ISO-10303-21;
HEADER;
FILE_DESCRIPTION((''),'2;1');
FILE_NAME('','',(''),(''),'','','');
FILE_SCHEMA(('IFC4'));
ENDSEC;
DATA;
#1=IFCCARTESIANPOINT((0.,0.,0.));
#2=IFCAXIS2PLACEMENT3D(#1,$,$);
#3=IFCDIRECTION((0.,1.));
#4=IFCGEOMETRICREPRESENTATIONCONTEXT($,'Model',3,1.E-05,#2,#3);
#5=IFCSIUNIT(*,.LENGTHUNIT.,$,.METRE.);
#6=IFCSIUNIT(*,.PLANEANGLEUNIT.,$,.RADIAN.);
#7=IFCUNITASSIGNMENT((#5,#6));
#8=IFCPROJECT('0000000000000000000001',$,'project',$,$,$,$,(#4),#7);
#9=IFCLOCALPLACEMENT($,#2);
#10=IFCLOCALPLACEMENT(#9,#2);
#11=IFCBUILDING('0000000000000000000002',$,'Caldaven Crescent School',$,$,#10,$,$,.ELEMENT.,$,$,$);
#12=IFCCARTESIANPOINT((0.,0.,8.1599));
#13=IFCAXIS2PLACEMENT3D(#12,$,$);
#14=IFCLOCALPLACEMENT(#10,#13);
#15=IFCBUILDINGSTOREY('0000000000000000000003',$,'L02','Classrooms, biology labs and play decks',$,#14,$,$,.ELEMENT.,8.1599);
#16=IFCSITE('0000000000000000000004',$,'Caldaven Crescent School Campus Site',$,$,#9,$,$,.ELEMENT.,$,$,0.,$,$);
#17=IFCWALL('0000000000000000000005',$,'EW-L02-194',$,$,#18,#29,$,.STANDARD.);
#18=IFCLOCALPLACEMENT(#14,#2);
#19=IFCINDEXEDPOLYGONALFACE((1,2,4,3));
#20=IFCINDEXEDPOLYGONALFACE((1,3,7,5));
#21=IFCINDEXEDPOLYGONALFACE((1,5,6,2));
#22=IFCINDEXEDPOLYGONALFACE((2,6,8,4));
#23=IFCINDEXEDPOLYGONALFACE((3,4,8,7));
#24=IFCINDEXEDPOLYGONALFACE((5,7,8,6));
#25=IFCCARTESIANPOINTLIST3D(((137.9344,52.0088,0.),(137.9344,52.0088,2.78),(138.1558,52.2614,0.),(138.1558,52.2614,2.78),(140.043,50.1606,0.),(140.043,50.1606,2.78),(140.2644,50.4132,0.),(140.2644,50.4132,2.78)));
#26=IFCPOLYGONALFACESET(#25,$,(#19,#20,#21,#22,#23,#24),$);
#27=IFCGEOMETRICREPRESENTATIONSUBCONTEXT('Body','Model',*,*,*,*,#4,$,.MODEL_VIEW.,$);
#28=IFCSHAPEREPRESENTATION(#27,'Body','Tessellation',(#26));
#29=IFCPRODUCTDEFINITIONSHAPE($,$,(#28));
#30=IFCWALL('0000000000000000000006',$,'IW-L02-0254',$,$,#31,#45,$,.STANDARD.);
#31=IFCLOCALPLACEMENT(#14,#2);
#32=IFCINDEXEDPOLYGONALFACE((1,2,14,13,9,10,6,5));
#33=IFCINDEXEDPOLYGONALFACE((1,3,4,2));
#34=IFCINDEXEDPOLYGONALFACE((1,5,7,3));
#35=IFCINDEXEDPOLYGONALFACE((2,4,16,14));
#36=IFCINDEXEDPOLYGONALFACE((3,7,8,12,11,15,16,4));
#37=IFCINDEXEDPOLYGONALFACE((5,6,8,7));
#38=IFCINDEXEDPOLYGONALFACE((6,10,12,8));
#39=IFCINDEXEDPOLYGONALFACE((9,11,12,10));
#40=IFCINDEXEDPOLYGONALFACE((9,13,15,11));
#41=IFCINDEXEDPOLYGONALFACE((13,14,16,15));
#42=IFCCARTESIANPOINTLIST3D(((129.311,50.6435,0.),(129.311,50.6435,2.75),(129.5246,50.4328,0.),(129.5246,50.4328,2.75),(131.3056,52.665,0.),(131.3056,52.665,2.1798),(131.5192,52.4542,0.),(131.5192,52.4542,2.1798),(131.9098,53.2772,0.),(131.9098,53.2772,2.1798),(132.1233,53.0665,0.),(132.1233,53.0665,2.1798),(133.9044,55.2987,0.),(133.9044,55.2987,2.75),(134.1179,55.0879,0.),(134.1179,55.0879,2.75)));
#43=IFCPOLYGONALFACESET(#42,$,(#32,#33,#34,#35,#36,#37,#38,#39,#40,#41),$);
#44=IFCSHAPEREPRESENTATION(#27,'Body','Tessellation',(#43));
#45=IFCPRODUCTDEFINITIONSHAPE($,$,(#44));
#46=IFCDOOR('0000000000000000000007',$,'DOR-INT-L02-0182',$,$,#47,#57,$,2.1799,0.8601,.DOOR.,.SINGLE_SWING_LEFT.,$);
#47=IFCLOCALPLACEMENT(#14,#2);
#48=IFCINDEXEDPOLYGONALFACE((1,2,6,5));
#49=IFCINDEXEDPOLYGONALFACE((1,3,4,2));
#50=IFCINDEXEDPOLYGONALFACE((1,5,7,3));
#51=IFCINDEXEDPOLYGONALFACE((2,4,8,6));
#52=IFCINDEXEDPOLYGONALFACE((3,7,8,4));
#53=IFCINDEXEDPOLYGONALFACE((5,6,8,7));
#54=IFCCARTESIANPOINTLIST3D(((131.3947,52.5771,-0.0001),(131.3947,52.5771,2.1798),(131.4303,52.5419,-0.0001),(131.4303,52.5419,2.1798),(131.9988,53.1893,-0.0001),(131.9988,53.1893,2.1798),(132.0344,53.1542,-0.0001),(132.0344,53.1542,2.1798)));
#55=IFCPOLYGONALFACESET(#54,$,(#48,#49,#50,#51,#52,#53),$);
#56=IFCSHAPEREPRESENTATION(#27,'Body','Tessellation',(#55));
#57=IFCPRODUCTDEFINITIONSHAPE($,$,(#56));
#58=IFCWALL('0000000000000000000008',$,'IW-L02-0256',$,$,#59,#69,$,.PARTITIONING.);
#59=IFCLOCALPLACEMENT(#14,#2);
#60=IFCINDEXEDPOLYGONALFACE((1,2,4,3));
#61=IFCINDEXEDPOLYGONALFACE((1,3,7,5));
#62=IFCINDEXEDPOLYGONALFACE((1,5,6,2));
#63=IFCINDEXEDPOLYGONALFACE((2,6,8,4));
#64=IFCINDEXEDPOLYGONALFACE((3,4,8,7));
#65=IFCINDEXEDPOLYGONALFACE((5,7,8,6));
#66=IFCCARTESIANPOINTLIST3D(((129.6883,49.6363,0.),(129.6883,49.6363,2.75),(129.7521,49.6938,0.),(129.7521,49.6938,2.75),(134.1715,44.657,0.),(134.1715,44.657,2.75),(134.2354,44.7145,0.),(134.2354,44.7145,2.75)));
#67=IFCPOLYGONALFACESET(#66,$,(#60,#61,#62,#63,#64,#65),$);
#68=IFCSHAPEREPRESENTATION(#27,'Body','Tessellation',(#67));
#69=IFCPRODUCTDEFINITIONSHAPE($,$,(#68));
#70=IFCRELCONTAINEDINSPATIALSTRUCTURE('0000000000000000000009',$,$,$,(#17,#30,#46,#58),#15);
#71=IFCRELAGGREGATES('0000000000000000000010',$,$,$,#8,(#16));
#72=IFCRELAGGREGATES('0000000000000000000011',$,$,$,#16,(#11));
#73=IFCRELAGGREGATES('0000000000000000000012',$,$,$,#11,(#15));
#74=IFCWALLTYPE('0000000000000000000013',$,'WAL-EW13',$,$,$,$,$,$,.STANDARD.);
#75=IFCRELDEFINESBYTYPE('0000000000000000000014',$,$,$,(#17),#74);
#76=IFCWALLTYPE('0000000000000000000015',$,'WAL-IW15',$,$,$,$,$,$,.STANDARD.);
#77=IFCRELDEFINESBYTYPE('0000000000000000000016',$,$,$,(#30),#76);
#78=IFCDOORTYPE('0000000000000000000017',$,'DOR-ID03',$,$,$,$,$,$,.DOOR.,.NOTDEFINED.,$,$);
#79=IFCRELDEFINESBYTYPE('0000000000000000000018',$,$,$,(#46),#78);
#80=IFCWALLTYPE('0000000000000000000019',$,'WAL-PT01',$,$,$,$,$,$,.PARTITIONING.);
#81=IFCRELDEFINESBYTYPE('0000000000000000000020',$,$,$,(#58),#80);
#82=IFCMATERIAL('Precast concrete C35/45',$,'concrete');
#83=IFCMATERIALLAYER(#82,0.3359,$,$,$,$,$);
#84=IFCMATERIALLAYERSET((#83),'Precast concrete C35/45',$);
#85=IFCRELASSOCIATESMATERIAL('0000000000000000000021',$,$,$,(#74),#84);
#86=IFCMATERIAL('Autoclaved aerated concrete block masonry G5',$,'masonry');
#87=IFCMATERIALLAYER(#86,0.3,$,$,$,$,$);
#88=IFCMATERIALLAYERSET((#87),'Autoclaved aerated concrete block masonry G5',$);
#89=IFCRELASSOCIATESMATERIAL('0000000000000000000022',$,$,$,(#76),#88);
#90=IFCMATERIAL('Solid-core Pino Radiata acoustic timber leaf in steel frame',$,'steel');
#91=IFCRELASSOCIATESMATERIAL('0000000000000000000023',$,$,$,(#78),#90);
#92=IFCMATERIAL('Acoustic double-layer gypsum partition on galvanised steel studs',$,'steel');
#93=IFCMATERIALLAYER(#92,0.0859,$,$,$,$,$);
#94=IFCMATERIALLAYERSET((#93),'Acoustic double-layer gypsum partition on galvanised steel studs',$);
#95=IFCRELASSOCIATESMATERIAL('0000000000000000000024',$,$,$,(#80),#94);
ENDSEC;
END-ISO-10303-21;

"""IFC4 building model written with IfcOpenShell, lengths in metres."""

from ifc_helpers import new_model, si_unit, direction, frame, frame_2d, origin, place, context, subcontext, project, spatial, rectangle, extrude, material, layer, layer_set, type_object, element, fill, save


model = new_model("IFC4")

# Units and contexts
model_context = context("Model", 3, precision=1e-05, world=origin(), true_north=direction((0.0, 1.0)))
body_context = subcontext(model_context, "Body", "Model", "MODEL_VIEW")
ifc_project = project(units=[si_unit("LENGTHUNIT", "METRE"), si_unit("PLANEANGLEUNIT", "RADIAN")], contexts=[model_context])

# Site, building, storey
site_placement = place(None, origin())
site = spatial("IfcSite", under=ifc_project, at=site_placement, Name="Caldaven Crescent School Campus Site", CompositionType="ELEMENT", RefElevation=0.0)
building_placement = place(site_placement, origin())
building = spatial("IfcBuilding", under=site, at=building_placement, Name="Caldaven Crescent School", CompositionType="ELEMENT")
storey_placement = place(building_placement, frame((0.0, 0.0, 8.1599)))
storey = spatial("IfcBuildingStorey", under=building, at=storey_placement, Name="L02", Description="Classrooms, biology labs and play decks", CompositionType="ELEMENT", Elevation=8.1599)

# Shared definitions
ifc_material_1 = material(Name="Precast concrete C35/45", Category="concrete")

# Wall
ifc_layer_1 = layer(ifc_material_1, 0.3359)
ifc_layer_set_1 = layer_set([ifc_layer_1], Name="Precast concrete C35/45")
wall_type_1 = type_object("IfcWallType", Name="WAL-EW13", PredefinedType="STANDARD", material=ifc_layer_set_1)
wall_1_placement = place(storey_placement, frame((138.0452, 52.135, 0.0), z_axis=(0.0, 0.0, 1.0), x_axis=(0.752032, -0.659127, 0.0)))
element("IfcWall", 1, at=wall_1_placement, inside=storey, type_object=wall_type_1, Name="EW-L02-194", PredefinedType="STANDARD", context=body_context, shape_type="SweptSolid", body=[
    extrude(rectangle(XDim=2.804, YDim=0.3359, at=frame_2d((1.4019, 0.0))), origin(), (0.0, 0.0, 1.0), 2.78),
])

# Wall, opening, door
ifc_material_2 = material(Name="Autoclaved aerated concrete block masonry G5", Category="masonry")
ifc_layer_2 = layer(ifc_material_2, 0.3)
ifc_layer_set_2 = layer_set([ifc_layer_2], Name="Autoclaved aerated concrete block masonry G5")
wall_type_2 = type_object("IfcWallType", Name="WAL-IW15", PredefinedType="STANDARD", material=ifc_layer_set_2)
wall_2_placement = place(storey_placement, frame((129.4177, 50.5381, 0.0), z_axis=(0.0, 0.0, 1.0), x_axis=(0.702368, 0.711814, 0.0)))
wall_2 = element("IfcWall", 2, at=wall_2_placement, inside=storey, type_object=wall_type_2, Name="IW-L02-0254", PredefinedType="STANDARD", context=body_context, shape_type="SweptSolid", body=[
    extrude(rectangle(XDim=6.5398, YDim=0.3, at=frame_2d((3.27, 0.0))), origin(), (0.0, 0.0, 1.0), 2.75),
])
opening_1_placement = place(wall_2_placement, frame((2.8398, 0.0, 0.0)))
opening_1 = element("IfcOpeningElement", 3, at=opening_1_placement, cuts=wall_2, PredefinedType="OPENING", context=body_context, shape_type="SweptSolid", body=[
    extrude(rectangle(XDim=0.8601, YDim=2.1799, at=frame_2d((0.4302, 1.0898))), frame((0.0, 0.1599, 0.0), z_axis=(0.0, -1.0, 0.0), x_axis=(1.0, 0.0, 0.0)), (0.0, 0.0, 1.0), 0.3201),
])
ifc_material_3 = material(Name="Solid-core Pino Radiata acoustic timber leaf in steel frame", Category="steel")
door_type_1 = type_object("IfcDoorType", Name="DOR-ID03", OperationType="NOTDEFINED", PredefinedType="DOOR", material=ifc_material_3)
door_1_placement = place(opening_1_placement, origin())
door_1 = element("IfcDoor", 4, at=door_1_placement, inside=storey, type_object=door_type_1, Name="DOR-INT-L02-0182", OperationType="SINGLE_SWING_LEFT", OverallHeight=2.1799, OverallWidth=0.8601, PredefinedType="DOOR", context=body_context, shape_type="SweptSolid", body=[
    extrude(rectangle(XDim=0.8601, YDim=2.1799, at=frame_2d((0.4302, 1.0898))), frame((0.0, 0.0249, 0.0), z_axis=(0.0, -1.0, 0.0), x_axis=(1.0, 0.0, 0.0)), (0.0, 0.0, 1.0), 0.05),
])
fill(opening_1, door_1)

# Wall
ifc_material_4 = material(Name="Acoustic double-layer gypsum partition on galvanised steel studs", Category="steel")
ifc_layer_3 = layer(ifc_material_4, 0.0859)
ifc_layer_set_3 = layer_set([ifc_layer_3], Name="Acoustic double-layer gypsum partition on galvanised steel studs")
wall_type_3 = type_object("IfcWallType", Name="WAL-PT01", PredefinedType="PARTITIONING", material=ifc_layer_set_3)
wall_3_placement = place(storey_placement, frame((129.7202, 49.665, 0.0), z_axis=(0.0, 0.0, 1.0), x_axis=(0.669116, -0.743158, 0.0)))
element("IfcWall", 5, at=wall_3_placement, inside=storey, type_object=wall_type_3, Name="IW-L02-0256", PredefinedType="PARTITIONING", context=body_context, shape_type="SweptSolid", body=[
    extrude(rectangle(XDim=6.7002, YDim=0.0859, at=frame_2d((3.3501, 0.0))), origin(), (0.0, 0.0, 1.0), 2.75),
])

save(model, "model.ifc")
